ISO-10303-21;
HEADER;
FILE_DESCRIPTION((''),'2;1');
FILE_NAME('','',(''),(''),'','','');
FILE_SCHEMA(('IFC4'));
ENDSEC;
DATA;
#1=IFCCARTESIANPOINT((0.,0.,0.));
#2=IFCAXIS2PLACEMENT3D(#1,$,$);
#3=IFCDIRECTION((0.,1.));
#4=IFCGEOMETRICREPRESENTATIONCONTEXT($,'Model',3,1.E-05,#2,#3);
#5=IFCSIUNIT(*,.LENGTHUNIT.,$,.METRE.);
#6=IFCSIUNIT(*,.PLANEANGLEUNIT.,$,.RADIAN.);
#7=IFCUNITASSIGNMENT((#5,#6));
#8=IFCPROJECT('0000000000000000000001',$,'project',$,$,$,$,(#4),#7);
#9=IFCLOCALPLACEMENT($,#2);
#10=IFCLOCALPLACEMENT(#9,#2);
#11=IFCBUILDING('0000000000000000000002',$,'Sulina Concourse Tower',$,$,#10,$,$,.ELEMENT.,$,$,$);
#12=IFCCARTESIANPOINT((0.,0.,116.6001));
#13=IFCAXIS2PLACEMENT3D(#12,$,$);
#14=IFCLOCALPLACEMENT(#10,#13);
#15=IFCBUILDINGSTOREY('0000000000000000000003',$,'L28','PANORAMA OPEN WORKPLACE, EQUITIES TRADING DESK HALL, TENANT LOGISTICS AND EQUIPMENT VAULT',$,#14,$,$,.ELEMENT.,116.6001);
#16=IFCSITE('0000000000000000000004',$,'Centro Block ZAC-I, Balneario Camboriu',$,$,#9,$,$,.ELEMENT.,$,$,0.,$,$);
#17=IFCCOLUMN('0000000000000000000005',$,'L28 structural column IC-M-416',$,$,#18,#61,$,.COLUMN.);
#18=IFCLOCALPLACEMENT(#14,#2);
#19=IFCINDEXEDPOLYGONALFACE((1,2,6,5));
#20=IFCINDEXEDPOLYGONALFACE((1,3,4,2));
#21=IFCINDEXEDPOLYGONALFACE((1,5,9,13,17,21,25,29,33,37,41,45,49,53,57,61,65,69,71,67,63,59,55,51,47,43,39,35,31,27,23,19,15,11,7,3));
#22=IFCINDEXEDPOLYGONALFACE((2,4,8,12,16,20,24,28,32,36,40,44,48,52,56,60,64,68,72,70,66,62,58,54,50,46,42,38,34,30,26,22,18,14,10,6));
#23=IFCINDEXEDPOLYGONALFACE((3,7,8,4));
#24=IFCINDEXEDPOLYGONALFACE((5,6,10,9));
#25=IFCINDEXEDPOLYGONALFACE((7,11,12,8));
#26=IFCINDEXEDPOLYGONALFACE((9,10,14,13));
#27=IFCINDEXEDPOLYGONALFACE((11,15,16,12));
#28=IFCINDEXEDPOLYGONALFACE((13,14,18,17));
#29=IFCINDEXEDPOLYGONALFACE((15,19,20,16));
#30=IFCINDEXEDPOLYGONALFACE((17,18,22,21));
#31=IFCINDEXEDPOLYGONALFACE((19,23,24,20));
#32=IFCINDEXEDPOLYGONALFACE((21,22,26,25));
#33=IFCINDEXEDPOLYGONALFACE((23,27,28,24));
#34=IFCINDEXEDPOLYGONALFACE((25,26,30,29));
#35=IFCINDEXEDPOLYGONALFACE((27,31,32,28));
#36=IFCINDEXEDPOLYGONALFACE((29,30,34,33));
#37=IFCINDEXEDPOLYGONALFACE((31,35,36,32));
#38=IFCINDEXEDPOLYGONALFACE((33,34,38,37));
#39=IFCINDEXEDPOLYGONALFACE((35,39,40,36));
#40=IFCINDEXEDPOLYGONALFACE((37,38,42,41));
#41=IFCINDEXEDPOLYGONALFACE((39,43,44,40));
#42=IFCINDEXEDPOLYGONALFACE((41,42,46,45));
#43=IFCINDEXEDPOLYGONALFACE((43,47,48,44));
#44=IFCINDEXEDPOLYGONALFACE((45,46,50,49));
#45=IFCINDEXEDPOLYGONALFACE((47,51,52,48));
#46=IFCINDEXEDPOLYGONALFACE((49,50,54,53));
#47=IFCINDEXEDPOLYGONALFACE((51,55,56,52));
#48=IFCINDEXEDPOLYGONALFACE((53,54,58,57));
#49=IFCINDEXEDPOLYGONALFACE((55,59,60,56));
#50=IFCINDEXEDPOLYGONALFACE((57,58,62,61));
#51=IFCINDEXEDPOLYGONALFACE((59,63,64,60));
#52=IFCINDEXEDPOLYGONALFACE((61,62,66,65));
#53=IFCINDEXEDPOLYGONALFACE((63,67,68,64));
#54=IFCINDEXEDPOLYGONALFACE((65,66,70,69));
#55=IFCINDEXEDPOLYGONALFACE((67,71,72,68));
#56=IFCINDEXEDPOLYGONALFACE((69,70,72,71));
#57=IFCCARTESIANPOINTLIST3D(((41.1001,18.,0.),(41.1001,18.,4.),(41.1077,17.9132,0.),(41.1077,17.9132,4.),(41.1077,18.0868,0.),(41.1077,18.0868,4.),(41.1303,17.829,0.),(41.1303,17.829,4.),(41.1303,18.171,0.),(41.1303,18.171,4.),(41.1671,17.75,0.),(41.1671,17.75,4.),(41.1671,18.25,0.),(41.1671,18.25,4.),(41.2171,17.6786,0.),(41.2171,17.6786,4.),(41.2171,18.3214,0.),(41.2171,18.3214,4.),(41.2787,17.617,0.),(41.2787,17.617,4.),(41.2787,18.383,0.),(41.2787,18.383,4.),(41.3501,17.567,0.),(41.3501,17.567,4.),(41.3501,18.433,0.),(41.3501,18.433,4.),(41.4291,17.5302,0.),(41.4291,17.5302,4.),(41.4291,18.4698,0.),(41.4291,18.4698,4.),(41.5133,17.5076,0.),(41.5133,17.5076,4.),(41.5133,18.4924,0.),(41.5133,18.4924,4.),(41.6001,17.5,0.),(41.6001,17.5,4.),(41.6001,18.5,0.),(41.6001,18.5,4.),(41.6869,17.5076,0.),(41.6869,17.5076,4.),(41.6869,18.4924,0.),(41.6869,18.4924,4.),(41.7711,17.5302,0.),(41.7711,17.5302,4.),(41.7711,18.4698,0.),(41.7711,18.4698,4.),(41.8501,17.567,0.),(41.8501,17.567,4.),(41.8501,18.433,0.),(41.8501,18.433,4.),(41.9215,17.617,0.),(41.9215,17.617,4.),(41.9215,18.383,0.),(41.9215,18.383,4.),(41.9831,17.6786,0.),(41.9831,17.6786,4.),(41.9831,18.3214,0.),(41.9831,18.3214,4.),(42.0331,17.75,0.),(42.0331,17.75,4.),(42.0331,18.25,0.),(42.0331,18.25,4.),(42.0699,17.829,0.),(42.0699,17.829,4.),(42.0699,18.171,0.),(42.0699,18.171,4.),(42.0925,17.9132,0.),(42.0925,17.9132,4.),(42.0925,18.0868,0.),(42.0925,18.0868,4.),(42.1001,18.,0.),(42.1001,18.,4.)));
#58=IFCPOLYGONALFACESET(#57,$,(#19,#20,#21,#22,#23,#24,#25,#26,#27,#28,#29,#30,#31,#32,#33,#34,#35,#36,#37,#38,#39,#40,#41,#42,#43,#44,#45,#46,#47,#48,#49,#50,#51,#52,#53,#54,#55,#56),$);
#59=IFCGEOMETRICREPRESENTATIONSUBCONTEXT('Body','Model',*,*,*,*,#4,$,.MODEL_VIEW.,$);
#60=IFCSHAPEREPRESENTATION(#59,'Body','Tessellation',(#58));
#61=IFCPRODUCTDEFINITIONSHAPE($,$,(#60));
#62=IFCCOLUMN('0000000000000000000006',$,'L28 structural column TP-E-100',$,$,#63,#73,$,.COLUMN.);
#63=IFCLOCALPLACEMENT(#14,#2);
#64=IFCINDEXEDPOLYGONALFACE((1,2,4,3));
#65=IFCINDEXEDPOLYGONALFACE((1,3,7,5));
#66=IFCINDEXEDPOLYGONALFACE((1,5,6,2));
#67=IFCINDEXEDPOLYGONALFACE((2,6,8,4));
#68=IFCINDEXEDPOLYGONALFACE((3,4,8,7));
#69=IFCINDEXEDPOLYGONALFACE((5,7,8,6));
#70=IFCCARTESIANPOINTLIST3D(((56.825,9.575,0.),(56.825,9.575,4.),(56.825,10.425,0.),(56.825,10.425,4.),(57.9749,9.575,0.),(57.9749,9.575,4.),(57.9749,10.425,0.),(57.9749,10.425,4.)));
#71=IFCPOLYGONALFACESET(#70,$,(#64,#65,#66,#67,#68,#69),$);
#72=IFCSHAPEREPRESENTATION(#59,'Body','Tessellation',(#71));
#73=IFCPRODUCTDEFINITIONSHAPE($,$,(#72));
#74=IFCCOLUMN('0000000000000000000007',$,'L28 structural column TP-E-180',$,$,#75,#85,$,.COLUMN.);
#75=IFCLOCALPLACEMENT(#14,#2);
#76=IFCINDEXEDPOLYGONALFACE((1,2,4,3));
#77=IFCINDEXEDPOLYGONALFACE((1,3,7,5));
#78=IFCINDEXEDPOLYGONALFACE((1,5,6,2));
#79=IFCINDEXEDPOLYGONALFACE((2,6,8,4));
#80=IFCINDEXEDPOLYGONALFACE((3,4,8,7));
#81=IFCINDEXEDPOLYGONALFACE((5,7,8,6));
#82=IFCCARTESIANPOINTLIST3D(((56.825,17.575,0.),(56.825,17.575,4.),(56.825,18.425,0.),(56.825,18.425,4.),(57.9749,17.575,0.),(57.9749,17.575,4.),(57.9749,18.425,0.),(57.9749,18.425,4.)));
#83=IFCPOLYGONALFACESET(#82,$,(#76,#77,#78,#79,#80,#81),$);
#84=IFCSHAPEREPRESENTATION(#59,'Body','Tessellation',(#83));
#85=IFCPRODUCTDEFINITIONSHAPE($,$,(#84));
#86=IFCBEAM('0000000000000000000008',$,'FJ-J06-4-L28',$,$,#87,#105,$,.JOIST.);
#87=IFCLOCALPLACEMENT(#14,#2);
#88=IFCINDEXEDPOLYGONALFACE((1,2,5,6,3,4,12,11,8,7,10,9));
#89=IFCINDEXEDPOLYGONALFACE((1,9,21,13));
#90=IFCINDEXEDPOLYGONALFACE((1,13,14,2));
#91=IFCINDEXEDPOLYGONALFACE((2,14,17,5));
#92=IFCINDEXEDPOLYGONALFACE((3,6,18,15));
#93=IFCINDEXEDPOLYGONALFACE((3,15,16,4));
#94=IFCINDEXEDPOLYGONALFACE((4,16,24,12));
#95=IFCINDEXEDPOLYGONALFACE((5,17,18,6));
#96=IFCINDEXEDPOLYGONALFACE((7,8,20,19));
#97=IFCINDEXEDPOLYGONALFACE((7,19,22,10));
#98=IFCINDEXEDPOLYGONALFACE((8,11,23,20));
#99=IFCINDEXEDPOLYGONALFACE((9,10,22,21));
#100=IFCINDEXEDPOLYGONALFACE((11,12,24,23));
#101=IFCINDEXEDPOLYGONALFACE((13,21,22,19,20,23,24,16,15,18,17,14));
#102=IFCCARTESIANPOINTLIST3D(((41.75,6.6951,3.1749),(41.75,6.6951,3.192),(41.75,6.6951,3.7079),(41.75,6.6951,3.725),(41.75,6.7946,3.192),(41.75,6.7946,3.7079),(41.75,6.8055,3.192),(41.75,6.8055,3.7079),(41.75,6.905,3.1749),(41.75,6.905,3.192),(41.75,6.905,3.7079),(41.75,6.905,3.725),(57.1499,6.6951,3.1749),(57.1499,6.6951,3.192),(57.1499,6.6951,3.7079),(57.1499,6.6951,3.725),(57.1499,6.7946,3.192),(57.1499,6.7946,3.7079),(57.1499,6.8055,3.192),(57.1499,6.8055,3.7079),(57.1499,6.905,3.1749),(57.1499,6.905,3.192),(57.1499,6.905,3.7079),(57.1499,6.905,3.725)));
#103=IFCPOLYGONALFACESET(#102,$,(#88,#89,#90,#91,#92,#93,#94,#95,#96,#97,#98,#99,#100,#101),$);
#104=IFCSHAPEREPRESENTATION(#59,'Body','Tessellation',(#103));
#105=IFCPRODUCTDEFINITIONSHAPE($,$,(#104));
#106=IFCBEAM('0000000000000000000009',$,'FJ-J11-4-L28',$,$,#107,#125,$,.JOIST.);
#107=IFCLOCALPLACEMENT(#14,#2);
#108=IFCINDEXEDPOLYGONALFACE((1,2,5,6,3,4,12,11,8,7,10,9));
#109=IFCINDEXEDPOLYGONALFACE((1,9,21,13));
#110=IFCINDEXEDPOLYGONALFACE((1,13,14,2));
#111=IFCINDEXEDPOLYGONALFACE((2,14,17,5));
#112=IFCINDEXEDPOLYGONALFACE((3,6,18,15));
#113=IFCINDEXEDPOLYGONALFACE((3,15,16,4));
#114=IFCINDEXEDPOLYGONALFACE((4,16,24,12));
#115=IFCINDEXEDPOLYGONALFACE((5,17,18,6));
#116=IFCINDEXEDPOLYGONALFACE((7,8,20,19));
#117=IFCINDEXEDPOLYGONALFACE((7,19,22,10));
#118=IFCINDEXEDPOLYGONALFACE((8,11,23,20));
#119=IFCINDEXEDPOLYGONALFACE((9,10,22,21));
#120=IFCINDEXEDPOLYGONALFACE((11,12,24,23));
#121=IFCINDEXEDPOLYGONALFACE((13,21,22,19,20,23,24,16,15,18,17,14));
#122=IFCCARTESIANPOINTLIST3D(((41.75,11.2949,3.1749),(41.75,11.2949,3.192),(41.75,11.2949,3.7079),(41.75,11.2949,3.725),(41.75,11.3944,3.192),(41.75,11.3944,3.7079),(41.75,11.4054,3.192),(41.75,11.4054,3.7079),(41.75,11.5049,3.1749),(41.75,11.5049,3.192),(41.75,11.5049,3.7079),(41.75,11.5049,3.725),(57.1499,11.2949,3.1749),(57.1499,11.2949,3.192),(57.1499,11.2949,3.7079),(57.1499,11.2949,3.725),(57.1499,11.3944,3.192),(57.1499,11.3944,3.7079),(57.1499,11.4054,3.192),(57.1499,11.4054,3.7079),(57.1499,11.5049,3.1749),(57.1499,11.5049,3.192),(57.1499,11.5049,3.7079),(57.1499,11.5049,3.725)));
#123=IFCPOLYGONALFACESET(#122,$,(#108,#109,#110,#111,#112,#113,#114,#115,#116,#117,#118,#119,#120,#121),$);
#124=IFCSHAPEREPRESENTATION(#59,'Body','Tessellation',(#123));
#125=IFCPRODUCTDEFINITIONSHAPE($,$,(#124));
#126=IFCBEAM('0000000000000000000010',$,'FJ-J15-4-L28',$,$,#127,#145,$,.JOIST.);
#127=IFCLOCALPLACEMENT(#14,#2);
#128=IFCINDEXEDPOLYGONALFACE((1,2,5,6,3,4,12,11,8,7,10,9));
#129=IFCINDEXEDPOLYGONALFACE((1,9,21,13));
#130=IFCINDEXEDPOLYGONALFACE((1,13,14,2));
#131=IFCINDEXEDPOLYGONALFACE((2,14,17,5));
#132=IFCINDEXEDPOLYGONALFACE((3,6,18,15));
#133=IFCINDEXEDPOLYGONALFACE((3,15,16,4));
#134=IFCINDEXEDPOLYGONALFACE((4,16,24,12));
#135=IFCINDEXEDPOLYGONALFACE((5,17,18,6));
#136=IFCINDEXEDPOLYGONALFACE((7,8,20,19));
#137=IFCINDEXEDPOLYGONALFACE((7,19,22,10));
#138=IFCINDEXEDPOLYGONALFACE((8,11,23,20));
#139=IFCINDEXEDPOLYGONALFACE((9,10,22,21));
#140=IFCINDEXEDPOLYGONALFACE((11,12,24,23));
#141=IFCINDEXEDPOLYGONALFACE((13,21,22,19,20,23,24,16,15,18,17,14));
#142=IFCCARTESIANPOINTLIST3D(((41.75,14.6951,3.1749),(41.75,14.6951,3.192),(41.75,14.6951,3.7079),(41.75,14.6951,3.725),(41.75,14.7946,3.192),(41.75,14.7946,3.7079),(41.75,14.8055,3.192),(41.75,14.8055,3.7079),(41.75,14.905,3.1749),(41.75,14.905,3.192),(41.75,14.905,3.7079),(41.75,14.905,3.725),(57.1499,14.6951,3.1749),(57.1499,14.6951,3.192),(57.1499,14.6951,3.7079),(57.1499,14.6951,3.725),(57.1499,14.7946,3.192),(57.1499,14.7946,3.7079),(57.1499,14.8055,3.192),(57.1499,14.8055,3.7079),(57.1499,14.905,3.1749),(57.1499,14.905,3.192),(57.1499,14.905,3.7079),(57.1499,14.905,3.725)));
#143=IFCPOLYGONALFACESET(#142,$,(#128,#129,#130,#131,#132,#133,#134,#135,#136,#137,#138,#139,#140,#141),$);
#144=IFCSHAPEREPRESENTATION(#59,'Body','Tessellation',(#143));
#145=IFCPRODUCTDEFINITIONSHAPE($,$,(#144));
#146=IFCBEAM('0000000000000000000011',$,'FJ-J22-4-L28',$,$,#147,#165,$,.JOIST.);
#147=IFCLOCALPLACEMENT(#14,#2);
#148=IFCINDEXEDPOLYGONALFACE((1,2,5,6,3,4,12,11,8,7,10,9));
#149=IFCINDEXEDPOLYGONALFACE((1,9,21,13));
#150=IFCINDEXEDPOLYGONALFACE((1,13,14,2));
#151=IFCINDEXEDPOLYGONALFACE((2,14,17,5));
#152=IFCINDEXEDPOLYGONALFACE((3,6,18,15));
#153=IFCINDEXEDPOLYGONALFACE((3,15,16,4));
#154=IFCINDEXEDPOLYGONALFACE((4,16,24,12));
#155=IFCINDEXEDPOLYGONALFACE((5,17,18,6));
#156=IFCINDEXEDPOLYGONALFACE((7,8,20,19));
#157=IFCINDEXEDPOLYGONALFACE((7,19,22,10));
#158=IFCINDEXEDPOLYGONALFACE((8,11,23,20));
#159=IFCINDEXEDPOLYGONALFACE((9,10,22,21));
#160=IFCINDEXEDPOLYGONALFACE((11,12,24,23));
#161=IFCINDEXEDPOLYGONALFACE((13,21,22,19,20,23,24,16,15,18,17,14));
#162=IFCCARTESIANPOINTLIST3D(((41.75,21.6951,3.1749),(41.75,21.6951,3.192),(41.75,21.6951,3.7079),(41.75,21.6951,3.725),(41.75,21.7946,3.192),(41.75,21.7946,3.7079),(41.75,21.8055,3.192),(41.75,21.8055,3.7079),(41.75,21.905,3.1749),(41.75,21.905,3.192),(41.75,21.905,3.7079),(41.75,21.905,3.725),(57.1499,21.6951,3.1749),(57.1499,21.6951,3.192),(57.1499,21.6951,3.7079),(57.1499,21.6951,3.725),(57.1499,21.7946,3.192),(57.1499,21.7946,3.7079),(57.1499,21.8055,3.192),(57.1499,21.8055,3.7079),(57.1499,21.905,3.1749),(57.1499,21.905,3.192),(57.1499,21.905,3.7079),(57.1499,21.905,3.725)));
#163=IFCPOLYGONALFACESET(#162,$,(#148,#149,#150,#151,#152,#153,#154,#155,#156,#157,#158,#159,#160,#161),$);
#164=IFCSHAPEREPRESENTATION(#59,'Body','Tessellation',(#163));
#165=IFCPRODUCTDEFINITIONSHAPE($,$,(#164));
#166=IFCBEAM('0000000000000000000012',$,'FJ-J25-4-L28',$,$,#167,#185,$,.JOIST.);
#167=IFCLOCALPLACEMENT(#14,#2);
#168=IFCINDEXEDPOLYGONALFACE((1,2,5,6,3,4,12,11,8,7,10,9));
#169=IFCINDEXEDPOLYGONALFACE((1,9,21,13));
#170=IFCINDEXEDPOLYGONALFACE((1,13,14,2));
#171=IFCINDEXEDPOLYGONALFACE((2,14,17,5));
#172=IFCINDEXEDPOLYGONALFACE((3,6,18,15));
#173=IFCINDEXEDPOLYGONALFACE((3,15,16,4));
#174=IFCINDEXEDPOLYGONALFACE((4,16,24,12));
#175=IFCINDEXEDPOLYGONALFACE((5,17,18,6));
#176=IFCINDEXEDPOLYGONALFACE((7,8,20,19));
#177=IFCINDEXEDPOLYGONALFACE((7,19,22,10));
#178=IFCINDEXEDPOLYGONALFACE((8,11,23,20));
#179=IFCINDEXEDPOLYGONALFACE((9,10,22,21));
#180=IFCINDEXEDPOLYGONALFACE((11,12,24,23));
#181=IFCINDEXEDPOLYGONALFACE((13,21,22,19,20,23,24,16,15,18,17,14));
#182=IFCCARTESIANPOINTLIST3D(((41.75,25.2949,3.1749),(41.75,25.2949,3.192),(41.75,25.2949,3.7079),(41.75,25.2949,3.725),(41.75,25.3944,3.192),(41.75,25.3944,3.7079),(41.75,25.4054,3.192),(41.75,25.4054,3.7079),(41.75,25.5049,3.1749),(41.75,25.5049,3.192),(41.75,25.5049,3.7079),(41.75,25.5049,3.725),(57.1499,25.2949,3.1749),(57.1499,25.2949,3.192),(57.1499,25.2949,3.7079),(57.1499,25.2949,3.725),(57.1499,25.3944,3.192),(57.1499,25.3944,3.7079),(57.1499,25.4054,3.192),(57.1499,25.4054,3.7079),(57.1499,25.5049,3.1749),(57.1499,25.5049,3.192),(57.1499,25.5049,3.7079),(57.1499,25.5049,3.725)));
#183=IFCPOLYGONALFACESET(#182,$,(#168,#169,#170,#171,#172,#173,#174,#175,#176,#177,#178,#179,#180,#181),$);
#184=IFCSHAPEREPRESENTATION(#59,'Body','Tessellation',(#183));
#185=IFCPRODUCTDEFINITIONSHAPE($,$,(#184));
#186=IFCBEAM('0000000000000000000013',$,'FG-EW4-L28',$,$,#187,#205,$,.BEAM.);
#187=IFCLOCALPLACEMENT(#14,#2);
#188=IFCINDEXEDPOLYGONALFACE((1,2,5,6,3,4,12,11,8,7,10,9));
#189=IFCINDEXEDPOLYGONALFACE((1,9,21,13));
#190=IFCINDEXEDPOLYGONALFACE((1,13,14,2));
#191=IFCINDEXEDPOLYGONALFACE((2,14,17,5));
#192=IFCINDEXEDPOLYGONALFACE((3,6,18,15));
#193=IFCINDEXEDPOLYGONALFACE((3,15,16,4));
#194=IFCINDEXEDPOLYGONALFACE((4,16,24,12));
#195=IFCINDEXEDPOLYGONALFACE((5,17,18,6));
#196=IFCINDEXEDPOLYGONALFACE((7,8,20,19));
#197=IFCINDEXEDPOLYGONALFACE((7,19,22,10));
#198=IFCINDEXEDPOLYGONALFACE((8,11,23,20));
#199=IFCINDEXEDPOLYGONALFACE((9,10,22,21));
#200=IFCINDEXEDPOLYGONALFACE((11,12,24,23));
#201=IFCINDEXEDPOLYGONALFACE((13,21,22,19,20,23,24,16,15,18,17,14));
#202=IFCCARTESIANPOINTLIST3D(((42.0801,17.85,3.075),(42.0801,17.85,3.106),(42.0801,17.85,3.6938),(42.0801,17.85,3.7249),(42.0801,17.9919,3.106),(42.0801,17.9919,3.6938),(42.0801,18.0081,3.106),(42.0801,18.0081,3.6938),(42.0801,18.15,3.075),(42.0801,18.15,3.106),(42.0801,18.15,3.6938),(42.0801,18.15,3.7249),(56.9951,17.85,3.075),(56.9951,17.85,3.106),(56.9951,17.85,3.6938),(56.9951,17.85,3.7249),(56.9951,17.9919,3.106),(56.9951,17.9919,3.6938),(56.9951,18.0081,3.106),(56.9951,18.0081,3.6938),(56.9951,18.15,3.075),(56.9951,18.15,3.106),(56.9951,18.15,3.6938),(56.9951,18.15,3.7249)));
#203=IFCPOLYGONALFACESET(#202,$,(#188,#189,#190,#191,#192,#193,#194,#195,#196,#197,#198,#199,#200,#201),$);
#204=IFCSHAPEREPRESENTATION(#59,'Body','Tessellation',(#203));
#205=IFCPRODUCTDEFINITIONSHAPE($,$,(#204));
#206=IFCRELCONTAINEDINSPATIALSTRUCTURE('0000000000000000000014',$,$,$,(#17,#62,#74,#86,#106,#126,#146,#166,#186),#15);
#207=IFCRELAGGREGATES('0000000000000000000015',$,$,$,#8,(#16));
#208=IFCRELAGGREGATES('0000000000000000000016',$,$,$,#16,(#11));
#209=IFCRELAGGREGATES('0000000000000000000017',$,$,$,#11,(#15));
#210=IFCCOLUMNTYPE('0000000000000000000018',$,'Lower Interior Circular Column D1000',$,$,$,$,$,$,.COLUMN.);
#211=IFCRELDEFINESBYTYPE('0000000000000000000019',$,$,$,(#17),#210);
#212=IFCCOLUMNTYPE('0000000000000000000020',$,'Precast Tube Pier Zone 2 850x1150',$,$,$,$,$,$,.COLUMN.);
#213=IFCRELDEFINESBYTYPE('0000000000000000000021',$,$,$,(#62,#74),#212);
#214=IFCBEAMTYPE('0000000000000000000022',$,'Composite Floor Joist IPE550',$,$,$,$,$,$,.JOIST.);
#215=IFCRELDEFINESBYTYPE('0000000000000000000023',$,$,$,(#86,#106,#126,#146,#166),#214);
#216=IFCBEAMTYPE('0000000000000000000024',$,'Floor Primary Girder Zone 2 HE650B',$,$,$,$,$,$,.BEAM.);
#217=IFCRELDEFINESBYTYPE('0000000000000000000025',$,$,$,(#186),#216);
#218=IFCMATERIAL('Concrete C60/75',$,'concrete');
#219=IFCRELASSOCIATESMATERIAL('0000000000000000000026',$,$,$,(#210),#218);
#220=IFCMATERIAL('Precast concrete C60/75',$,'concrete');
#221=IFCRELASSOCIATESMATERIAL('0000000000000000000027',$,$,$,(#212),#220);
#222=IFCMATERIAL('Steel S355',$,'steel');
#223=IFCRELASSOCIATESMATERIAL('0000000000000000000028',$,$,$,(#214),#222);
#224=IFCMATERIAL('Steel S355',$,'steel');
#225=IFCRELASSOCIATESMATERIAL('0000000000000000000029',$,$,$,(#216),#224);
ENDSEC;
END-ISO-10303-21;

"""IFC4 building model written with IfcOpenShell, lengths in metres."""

from ifc_helpers import new_model, si_unit, direction, frame, origin, origin_2d, place, context, subcontext, project, spatial, rectangle, circle, i_section, extrude, material, material_profile, profile_set, type_object, element, save


model = new_model("IFC4")

# Units and contexts
model_context = context("Model", 3, precision=1e-05, world=origin(), true_north=direction((0.0, 1.0)))
body_context = subcontext(model_context, "Body", "Model", "MODEL_VIEW")
ifc_project = project(units=[si_unit("LENGTHUNIT", "METRE"), si_unit("PLANEANGLEUNIT", "RADIAN")], contexts=[model_context])

# Site, building, storey
site_placement = place(None, origin())
site = spatial("IfcSite", under=ifc_project, at=site_placement, Name="Centro Block ZAC-I, Balneario Camboriu", CompositionType="ELEMENT", RefElevation=0.0)
building_placement = place(site_placement, origin())
building = spatial("IfcBuilding", under=site, at=building_placement, Name="Sulina Concourse Tower", CompositionType="ELEMENT")
storey_placement = place(building_placement, frame((0.0, 0.0, 116.6001)))
storey = spatial("IfcBuildingStorey", under=building, at=storey_placement, Name="L28", Description="PANORAMA OPEN WORKPLACE, EQUITIES TRADING DESK HALL, TENANT LOGISTICS AND EQUIPMENT VAULT", CompositionType="ELEMENT", Elevation=116.6001)

# Columns
ifc_material_1 = material(Name="Concrete C60/75", Category="concrete")
ifc_material_profile_1 = material_profile(ifc_material_1, circle(Radius=0.5, at=origin_2d()), Name="RC D1000")
ifc_profile_set_1 = profile_set([ifc_material_profile_1], Name="Concrete C60/75")
column_type_1 = type_object("IfcColumnType", Name="Lower Interior Circular Column D1000", PredefinedType="COLUMN", material=ifc_profile_set_1)
column_placement = place(storey_placement, frame((41.6001, 18.0, 0.0), z_axis=(0.0, 0.0, 1.0), x_axis=(1.0, 0.0, 0.0)))
element("IfcColumn", 1, at=column_placement, inside=storey, type_object=column_type_1, Name="L28 structural column IC-M-416", PredefinedType="COLUMN", context=body_context, shape_type="SweptSolid", body=[
    extrude(circle(Radius=0.5, at=origin_2d()), origin(), (0.0, 0.0, 1.0), 4.0),
])
ifc_material_2 = material(Name="Precast concrete C60/75", Category="concrete")
ifc_material_profile_2 = material_profile(ifc_material_2, rectangle(XDim=0.8501, YDim=1.1499, at=origin_2d()), Name="PC 850x1150")
ifc_profile_set_2 = profile_set([ifc_material_profile_2], Name="Precast concrete C60/75")
column_type_2 = type_object("IfcColumnType", Name="Precast Tube Pier Zone 2 850x1150", PredefinedType="COLUMN", material=ifc_profile_set_2)
for number, where, z_axis, x_axis, name in (
    (2, (57.3999, 10.0, 0.0), (0.0, 0.0, 1.0), (0.0, 1.0, 0.0), "L28 structural column TP-E-100"),
    (3, (57.3999, 18.0, 0.0), (0.0, 0.0, 1.0), (0.0, 1.0, 0.0), "L28 structural column TP-E-180"),
):
    element("IfcColumn", number, at=place(storey_placement, frame(where, z_axis=z_axis, x_axis=x_axis)), inside=storey, type_object=column_type_2, Name=name, PredefinedType="COLUMN", context=body_context, shape_type="SweptSolid", body=[
        extrude(rectangle(XDim=0.8501, YDim=1.1499, at=origin_2d()), origin(), (0.0, 0.0, 1.0), 4.0),
    ])

# Beams
ifc_material_3 = material(Name="Steel S355", Category="steel")
ifc_material_profile_3 = material_profile(ifc_material_3, i_section(OverallWidth=0.21, OverallDepth=0.55, WebThickness=0.011, FlangeThickness=0.0171, at=origin_2d()), Name="IPE 550")
ifc_profile_set_3 = profile_set([ifc_material_profile_3], Name="Steel S355")
beam_type_1 = type_object("IfcBeamType", Name="Composite Floor Joist IPE550", PredefinedType="JOIST", material=ifc_profile_set_3)
for number, where, z_axis, x_axis, name in (
    (4, (41.75, 6.8, 3.45), (1.0, 0.0, 0.0), (0.0, 1.0, 0.0), "FJ-J06-4-L28"),
    (5, (41.75, 11.3999, 3.45), (1.0, 0.0, 0.0), (0.0, 1.0, 0.0), "FJ-J11-4-L28"),
    (6, (41.75, 14.8, 3.45), (1.0, 0.0, 0.0), (0.0, 1.0, 0.0), "FJ-J15-4-L28"),
    (7, (41.75, 21.8, 3.45), (1.0, 0.0, 0.0), (0.0, 1.0, 0.0), "FJ-J22-4-L28"),
    (8, (41.75, 25.3999, 3.45), (1.0, 0.0, 0.0), (0.0, 1.0, 0.0), "FJ-J25-4-L28"),
):
    element("IfcBeam", number, at=place(storey_placement, frame(where, z_axis=z_axis, x_axis=x_axis)), inside=storey, type_object=beam_type_1, Name=name, PredefinedType="JOIST", context=body_context, shape_type="SweptSolid", body=[
        extrude(i_section(OverallWidth=0.21, OverallDepth=0.55, WebThickness=0.011, FlangeThickness=0.0171, at=origin_2d()), origin(), (0.0, 0.0, 1.0), 15.3999),
    ])
ifc_material_4 = material(Name="Steel S355", Category="steel")
ifc_material_profile_4 = material_profile(ifc_material_4, i_section(OverallWidth=0.3, OverallDepth=0.6499, WebThickness=0.0161, FlangeThickness=0.031, at=origin_2d()), Name="HE 650 B")
ifc_profile_set_4 = profile_set([ifc_material_profile_4], Name="Steel S355")
beam_type_2 = type_object("IfcBeamType", Name="Floor Primary Girder Zone 2 HE650B", PredefinedType="BEAM", material=ifc_profile_set_4)
beam_1_placement = place(storey_placement, frame((42.0801, 18.0, 3.3999), z_axis=(1.0, 0.0, 0.0), x_axis=(0.0, 1.0, 0.0)))
element("IfcBeam", 9, at=beam_1_placement, inside=storey, type_object=beam_type_2, Name="FG-EW4-L28", PredefinedType="BEAM", context=body_context, shape_type="SweptSolid", body=[
    extrude(i_section(OverallWidth=0.3, OverallDepth=0.6499, WebThickness=0.0161, FlangeThickness=0.031, at=origin_2d()), origin(), (0.0, 0.0, 1.0), 14.915),
])

save(model, "model.ifc")
